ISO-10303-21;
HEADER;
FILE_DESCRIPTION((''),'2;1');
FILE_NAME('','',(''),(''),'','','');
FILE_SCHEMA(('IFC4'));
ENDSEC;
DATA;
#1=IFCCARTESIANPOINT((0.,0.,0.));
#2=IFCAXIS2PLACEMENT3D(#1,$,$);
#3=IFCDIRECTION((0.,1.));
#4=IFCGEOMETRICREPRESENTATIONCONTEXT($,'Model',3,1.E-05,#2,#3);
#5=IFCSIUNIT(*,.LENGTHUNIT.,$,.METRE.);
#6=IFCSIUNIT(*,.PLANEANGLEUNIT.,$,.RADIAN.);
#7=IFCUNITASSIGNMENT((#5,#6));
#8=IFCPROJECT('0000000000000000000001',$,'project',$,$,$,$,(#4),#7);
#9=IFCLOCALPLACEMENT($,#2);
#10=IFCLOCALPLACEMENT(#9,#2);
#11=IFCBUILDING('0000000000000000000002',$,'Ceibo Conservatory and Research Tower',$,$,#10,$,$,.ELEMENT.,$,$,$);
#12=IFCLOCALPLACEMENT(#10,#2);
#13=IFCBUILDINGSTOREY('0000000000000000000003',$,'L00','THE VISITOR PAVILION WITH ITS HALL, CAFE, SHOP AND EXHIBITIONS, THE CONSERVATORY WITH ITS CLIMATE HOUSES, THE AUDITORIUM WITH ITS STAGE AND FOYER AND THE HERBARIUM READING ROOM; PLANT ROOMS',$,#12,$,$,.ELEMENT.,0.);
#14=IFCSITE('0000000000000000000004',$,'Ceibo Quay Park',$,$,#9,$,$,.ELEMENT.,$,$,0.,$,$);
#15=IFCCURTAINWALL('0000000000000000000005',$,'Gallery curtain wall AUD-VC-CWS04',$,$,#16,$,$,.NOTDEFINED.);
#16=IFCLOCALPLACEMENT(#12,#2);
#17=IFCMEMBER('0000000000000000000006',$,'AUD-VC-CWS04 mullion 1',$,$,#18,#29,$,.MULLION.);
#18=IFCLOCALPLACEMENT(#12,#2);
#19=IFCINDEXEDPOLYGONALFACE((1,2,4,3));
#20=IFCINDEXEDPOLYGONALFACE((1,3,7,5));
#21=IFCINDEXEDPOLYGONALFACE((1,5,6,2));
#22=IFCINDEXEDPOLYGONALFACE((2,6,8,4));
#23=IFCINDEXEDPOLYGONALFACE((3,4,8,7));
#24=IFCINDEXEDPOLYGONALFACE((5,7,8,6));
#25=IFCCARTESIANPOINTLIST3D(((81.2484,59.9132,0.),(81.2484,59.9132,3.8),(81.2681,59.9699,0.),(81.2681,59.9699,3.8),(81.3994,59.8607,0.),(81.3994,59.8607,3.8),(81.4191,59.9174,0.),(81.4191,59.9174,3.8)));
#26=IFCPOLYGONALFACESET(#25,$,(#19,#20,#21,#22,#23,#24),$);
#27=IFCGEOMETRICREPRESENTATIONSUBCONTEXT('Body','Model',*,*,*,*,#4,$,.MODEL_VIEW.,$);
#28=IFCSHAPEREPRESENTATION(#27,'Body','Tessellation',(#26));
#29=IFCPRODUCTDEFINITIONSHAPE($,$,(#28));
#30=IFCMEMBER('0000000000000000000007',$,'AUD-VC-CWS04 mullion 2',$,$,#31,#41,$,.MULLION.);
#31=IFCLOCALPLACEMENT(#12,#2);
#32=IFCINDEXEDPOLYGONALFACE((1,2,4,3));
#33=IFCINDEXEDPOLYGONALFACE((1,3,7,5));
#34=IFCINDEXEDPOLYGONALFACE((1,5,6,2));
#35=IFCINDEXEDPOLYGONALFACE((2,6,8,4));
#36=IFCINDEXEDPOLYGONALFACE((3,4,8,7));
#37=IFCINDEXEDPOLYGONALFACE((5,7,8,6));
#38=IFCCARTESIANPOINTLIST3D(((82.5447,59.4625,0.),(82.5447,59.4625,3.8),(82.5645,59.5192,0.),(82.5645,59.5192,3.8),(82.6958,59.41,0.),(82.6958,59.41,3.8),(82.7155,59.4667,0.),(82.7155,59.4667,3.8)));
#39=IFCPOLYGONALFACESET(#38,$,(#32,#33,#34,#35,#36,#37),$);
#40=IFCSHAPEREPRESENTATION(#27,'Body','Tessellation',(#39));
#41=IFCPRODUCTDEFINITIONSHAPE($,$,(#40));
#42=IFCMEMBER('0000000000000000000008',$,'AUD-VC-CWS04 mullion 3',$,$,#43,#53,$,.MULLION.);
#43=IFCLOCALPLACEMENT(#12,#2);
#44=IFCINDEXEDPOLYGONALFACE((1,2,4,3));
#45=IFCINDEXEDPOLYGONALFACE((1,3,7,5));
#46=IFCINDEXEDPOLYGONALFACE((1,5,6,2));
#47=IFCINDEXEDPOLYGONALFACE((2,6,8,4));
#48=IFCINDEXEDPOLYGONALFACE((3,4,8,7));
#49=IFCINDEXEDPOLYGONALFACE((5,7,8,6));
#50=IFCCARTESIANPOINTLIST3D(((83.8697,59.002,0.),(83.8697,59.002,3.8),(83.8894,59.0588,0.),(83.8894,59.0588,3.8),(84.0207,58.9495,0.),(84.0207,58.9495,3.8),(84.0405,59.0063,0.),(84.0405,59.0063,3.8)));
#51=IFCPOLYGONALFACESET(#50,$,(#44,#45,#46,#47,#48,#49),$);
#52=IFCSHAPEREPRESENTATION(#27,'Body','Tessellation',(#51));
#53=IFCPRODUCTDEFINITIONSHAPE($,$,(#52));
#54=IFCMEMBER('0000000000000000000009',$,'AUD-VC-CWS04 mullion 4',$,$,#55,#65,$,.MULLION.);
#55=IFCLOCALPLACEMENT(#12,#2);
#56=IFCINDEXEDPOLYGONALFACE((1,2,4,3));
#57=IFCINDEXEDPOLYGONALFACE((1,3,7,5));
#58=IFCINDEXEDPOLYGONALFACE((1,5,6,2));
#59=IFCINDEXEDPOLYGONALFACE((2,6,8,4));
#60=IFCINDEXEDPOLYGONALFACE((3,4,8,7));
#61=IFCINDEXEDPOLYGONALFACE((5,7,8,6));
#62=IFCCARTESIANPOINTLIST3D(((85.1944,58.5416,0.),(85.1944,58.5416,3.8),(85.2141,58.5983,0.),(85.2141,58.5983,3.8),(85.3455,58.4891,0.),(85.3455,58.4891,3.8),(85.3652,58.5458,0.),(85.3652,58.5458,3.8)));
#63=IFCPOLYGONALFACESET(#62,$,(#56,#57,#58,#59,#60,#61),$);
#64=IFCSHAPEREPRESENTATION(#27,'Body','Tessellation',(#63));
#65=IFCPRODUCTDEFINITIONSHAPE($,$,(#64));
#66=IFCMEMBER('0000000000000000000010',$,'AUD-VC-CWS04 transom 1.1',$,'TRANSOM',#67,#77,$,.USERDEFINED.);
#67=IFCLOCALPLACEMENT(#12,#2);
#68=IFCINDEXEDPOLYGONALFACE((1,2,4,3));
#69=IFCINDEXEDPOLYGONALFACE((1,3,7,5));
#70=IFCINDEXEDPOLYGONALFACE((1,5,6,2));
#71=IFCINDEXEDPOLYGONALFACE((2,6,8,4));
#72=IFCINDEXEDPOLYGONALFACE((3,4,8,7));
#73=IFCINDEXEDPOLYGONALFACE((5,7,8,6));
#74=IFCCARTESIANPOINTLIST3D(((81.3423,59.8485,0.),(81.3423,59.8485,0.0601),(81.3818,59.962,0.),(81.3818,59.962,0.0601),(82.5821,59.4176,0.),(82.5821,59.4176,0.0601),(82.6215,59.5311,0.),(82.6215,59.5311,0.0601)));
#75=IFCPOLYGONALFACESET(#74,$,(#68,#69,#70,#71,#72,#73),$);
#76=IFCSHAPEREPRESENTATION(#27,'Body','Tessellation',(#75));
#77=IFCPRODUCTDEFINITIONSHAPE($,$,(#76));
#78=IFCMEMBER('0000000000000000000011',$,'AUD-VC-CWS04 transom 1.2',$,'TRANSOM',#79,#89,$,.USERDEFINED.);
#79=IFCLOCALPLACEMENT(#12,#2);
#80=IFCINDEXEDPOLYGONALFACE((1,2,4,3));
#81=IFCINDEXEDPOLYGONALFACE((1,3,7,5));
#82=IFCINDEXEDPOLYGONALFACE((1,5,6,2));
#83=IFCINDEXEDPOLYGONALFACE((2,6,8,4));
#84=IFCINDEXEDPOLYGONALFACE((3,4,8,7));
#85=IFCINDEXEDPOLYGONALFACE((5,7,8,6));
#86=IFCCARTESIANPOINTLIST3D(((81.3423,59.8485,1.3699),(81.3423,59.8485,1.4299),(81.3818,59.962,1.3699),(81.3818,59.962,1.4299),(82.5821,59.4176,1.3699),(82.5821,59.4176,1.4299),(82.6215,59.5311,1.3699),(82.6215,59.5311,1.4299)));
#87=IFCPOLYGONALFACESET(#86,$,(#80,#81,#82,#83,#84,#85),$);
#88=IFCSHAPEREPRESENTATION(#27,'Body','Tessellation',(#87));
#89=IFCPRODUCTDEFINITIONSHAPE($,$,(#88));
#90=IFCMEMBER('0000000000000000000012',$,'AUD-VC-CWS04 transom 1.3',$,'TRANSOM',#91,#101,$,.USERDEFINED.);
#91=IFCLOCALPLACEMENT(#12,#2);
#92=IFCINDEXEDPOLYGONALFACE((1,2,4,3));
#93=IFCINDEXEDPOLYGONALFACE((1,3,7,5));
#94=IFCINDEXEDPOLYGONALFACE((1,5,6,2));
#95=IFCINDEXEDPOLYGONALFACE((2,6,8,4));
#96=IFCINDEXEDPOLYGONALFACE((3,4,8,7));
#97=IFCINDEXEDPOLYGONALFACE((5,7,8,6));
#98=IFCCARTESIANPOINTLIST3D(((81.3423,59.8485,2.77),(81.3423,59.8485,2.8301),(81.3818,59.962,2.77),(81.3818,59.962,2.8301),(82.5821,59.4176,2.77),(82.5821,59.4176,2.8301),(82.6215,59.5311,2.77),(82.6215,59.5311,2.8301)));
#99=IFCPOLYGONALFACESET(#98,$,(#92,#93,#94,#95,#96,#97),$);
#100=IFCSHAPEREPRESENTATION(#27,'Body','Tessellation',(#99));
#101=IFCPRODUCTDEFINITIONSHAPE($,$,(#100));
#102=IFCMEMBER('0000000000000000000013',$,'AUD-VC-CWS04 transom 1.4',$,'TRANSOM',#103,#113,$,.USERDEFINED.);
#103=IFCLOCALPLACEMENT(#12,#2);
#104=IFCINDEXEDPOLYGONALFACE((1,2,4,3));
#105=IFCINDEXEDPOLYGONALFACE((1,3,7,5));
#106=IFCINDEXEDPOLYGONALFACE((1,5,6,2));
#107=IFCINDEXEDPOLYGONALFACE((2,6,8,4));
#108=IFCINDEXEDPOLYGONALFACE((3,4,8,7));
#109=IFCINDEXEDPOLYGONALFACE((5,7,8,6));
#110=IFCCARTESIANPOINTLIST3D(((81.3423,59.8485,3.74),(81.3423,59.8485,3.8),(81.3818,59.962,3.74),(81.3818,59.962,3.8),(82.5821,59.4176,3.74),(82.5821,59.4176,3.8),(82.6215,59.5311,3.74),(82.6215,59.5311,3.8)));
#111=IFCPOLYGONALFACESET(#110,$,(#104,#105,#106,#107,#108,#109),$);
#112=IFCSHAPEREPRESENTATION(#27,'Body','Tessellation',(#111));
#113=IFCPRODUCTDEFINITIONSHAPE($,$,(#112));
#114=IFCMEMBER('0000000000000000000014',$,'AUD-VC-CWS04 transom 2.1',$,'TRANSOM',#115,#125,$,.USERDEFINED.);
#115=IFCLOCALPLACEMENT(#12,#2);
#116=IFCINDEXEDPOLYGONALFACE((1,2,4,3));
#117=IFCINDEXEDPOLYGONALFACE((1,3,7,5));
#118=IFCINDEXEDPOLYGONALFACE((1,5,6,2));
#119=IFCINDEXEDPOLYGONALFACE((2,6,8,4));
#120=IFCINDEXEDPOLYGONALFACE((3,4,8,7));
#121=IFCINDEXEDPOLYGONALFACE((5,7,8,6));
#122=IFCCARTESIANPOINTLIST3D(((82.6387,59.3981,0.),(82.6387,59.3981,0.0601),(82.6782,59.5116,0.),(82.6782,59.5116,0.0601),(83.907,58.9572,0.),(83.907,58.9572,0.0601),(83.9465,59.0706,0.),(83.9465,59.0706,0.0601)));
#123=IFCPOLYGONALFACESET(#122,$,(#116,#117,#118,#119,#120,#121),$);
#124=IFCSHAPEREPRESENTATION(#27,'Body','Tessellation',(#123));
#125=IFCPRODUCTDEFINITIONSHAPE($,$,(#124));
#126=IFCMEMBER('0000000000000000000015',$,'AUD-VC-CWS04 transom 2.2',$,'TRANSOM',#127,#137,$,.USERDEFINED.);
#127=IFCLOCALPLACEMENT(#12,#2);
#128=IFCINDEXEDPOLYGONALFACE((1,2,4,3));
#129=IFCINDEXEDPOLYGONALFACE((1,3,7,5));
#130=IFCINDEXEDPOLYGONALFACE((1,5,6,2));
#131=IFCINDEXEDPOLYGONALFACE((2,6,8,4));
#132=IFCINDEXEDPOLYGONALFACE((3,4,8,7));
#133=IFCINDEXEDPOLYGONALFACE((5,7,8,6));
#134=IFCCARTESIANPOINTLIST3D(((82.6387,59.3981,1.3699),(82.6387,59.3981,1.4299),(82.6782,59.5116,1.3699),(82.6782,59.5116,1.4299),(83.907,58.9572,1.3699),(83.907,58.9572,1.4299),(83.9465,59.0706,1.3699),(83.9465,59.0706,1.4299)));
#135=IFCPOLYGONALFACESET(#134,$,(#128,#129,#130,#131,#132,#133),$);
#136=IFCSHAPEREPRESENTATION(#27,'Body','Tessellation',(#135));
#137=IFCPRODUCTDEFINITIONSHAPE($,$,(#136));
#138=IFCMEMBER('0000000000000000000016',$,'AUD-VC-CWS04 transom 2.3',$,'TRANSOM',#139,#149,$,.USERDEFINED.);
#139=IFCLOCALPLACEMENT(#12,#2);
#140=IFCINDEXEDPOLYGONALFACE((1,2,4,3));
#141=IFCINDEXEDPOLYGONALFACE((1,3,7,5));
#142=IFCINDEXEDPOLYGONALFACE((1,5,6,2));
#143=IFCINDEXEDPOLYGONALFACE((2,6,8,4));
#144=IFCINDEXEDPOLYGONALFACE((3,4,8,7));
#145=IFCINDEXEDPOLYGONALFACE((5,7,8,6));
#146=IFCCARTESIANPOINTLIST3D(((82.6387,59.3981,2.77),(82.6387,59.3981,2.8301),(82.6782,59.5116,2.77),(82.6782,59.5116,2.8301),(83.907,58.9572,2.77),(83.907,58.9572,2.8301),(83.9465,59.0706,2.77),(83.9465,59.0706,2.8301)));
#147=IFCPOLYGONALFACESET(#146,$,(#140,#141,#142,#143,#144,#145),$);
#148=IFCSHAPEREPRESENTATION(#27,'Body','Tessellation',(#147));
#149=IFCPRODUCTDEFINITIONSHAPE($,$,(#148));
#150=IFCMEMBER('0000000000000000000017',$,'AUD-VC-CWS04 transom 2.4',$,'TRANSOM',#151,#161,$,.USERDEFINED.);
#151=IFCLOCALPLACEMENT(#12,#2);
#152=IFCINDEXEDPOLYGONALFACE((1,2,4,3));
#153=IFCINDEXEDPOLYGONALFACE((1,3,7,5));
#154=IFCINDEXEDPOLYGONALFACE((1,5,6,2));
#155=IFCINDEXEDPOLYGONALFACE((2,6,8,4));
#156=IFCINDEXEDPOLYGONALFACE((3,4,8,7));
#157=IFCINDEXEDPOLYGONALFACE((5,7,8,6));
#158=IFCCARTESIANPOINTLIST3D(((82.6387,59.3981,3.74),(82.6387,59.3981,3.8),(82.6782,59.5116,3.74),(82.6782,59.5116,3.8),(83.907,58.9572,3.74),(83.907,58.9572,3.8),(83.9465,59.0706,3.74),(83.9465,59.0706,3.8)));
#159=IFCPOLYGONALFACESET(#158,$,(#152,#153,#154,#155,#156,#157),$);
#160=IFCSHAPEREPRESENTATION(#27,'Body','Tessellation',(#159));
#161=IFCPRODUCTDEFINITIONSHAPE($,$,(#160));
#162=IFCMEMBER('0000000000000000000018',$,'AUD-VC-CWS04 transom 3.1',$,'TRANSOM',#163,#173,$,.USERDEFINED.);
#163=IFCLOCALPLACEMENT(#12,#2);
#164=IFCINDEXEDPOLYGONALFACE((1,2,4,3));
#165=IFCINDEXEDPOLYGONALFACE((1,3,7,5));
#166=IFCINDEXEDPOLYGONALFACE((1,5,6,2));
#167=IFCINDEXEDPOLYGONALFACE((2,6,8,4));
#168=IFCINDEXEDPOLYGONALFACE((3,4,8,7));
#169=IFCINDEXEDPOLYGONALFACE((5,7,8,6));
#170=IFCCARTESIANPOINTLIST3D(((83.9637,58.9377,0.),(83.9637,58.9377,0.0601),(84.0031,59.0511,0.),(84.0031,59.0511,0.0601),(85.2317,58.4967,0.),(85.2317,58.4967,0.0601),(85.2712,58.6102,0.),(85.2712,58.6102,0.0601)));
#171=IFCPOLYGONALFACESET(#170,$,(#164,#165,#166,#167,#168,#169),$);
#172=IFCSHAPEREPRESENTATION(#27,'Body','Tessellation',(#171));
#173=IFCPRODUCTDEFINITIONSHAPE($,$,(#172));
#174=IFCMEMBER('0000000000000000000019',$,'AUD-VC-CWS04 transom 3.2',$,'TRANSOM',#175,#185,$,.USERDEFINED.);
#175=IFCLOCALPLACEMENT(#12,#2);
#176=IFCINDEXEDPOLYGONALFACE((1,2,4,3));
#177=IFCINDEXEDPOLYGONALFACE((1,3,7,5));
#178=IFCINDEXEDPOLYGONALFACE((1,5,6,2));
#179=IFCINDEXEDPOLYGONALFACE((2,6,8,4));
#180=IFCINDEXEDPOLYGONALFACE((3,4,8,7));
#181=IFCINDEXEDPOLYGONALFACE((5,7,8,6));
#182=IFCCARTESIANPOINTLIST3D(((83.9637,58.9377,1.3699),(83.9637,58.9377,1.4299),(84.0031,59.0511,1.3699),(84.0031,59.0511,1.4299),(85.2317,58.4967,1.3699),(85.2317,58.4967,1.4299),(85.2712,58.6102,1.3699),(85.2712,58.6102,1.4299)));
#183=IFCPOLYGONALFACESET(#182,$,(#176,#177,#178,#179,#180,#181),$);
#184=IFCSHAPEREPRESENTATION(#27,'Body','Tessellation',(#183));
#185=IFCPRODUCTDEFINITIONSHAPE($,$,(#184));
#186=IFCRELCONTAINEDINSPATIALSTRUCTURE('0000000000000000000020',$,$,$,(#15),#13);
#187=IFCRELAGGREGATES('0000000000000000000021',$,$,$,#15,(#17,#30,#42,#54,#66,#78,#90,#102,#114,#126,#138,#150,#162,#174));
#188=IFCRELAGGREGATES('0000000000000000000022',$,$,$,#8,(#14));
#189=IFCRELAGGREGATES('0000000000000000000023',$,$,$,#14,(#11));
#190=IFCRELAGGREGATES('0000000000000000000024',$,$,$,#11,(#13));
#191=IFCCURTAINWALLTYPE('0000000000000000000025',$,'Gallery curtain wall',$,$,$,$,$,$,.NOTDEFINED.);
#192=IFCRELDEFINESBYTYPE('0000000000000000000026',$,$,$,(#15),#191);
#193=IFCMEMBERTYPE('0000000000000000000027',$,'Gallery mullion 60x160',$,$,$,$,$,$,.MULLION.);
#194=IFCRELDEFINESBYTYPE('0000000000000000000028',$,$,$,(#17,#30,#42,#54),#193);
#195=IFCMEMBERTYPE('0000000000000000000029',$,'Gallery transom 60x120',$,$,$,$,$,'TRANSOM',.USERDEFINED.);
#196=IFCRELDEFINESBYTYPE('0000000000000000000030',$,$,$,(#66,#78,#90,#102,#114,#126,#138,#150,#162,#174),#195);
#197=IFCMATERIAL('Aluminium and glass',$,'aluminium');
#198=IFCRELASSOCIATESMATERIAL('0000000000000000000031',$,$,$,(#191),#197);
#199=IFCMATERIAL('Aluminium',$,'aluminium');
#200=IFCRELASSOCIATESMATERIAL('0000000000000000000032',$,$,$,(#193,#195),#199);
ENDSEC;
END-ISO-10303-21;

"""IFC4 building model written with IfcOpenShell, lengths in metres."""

from ifc_helpers import new_model, si_unit, direction, frame, origin, origin_2d, place, context, subcontext, project, spatial, rectangle, extrude, material, material_profile, profile_set, type_object, element, aggregate, save


model = new_model("IFC4")

# Units and contexts
model_context = context("Model", 3, precision=1e-05, world=origin(), true_north=direction((0.0, 1.0)))
body_context = subcontext(model_context, "Body", "Model", "MODEL_VIEW")
ifc_project = project(units=[si_unit("LENGTHUNIT", "METRE"), si_unit("PLANEANGLEUNIT", "RADIAN")], contexts=[model_context])

# Site, building, storey
site_placement = place(None, origin())
site = spatial("IfcSite", under=ifc_project, at=site_placement, Name="Ceibo Quay Park", CompositionType="ELEMENT", RefElevation=0.0)
building_placement = place(site_placement, origin())
building = spatial("IfcBuilding", under=site, at=building_placement, Name="Ceibo Conservatory and Research Tower", CompositionType="ELEMENT")
storey_placement = place(building_placement, origin())
storey = spatial("IfcBuildingStorey", under=building, at=storey_placement, Name="L00", Description="THE VISITOR PAVILION WITH ITS HALL, CAFE, SHOP AND EXHIBITIONS, THE CONSERVATORY WITH ITS CLIMATE HOUSES, THE AUDITORIUM WITH ITS STAGE AND FOYER AND THE HERBARIUM READING ROOM; PLANT ROOMS", CompositionType="ELEMENT", Elevation=0.0)

# Curtain wall, members
ifc_material_1 = material(Name="Aluminium and glass", Category="aluminium")
curtain_wall_type = type_object("IfcCurtainWallType", Name="Gallery curtain wall", PredefinedType="NOTDEFINED", material=ifc_material_1)
curtain_wall_placement = place(storey_placement, origin())
curtain_wall = element("IfcCurtainWall", 1, at=curtain_wall_placement, inside=storey, type_object=curtain_wall_type, Name="Gallery curtain wall AUD-VC-CWS04", PredefinedType="NOTDEFINED")
ifc_material_2 = material(Name="Aluminium", Category="aluminium")
ifc_material_profile_1 = material_profile(ifc_material_2, rectangle(XDim=0.0601, YDim=0.1599, at=origin_2d()), Name="AL 60x160")
ifc_profile_set_1 = profile_set([ifc_material_profile_1], Name="Aluminium")
member_type_1 = type_object("IfcMemberType", Name="Gallery mullion 60x160", PredefinedType="MULLION", material=ifc_profile_set_1)
member_1_placement = place(storey_placement, frame((81.3337, 59.9153, 0.0), z_axis=(0.0, 0.0, 1.0), x_axis=(0.328284, 0.944579, 0.0)))
member_1 = element("IfcMember", 2, at=member_1_placement, type_object=member_type_1, Name="AUD-VC-CWS04 mullion 1", PredefinedType="MULLION", context=body_context, shape_type="SweptSolid", body=[
    extrude(rectangle(XDim=0.0601, YDim=0.1599, at=origin_2d()), origin(), (0.0, 0.0, 1.0), 3.8),
])
member_2_placement = place(storey_placement, frame((82.6301, 59.4646, 0.0), z_axis=(0.0, 0.0, 1.0), x_axis=(0.328284, 0.944579, 0.0)))
member_2 = element("IfcMember", 3, at=member_2_placement, type_object=member_type_1, Name="AUD-VC-CWS04 mullion 2", PredefinedType="MULLION", context=body_context, shape_type="SweptSolid", body=[
    extrude(rectangle(XDim=0.0601, YDim=0.1599, at=origin_2d()), origin(), (0.0, 0.0, 1.0), 3.8),
])
member_3_placement = place(storey_placement, frame((83.9551, 59.0042, 0.0), z_axis=(0.0, 0.0, 1.0), x_axis=(0.328284, 0.944579, 0.0)))
member_3 = element("IfcMember", 4, at=member_3_placement, type_object=member_type_1, Name="AUD-VC-CWS04 mullion 3", PredefinedType="MULLION", context=body_context, shape_type="SweptSolid", body=[
    extrude(rectangle(XDim=0.0601, YDim=0.1599, at=origin_2d()), origin(), (0.0, 0.0, 1.0), 3.8),
])
member_4_placement = place(storey_placement, frame((85.2798, 58.5437, 0.0), z_axis=(0.0, 0.0, 1.0), x_axis=(0.328284, 0.944579, 0.0)))
member_4 = element("IfcMember", 5, at=member_4_placement, type_object=member_type_1, Name="AUD-VC-CWS04 mullion 4", PredefinedType="MULLION", context=body_context, shape_type="SweptSolid", body=[
    extrude(rectangle(XDim=0.0601, YDim=0.1599, at=origin_2d()), origin(), (0.0, 0.0, 1.0), 3.8),
])
ifc_material_profile_2 = material_profile(ifc_material_2, rectangle(XDim=0.1201, YDim=0.0601, at=origin_2d()), Name="AL 60x120")
ifc_profile_set_2 = profile_set([ifc_material_profile_2], Name="Aluminium")
member_type_2 = type_object("IfcMemberType", Name="Gallery transom 60x120", ElementType="TRANSOM", PredefinedType="USERDEFINED", material=ifc_profile_set_2)
member_5_placement = place(storey_placement, frame((81.3621, 59.9053, 0.03), z_axis=(0.94457, -0.328311, 0.0), x_axis=(0.328311, 0.94457, 0.0)))
member_5 = element("IfcMember", 6, at=member_5_placement, type_object=member_type_2, Name="AUD-VC-CWS04 transom 1.1", ObjectType="TRANSOM", PredefinedType="USERDEFINED", context=body_context, shape_type="SweptSolid", body=[
    extrude(rectangle(XDim=0.1201, YDim=0.0601, at=origin_2d()), origin(), (0.0, 0.0, 1.0), 1.3125),
])
member_6_placement = place(storey_placement, frame((81.3621, 59.9053, 1.3999), z_axis=(0.94457, -0.328311, 0.0), x_axis=(0.328311, 0.94457, 0.0)))
member_6 = element("IfcMember", 7, at=member_6_placement, type_object=member_type_2, Name="AUD-VC-CWS04 transom 1.2", ObjectType="TRANSOM", PredefinedType="USERDEFINED", context=body_context, shape_type="SweptSolid", body=[
    extrude(rectangle(XDim=0.1201, YDim=0.0601, at=origin_2d()), origin(), (0.0, 0.0, 1.0), 1.3125),
])
member_7_placement = place(storey_placement, frame((81.3621, 59.9053, 2.8), z_axis=(0.94457, -0.328311, 0.0), x_axis=(0.328311, 0.94457, 0.0)))
member_7 = element("IfcMember", 8, at=member_7_placement, type_object=member_type_2, Name="AUD-VC-CWS04 transom 1.3", ObjectType="TRANSOM", PredefinedType="USERDEFINED", context=body_context, shape_type="SweptSolid", body=[
    extrude(rectangle(XDim=0.1201, YDim=0.0601, at=origin_2d()), origin(), (0.0, 0.0, 1.0), 1.3125),
])
member_8_placement = place(storey_placement, frame((81.3621, 59.9053, 3.77), z_axis=(0.94457, -0.328311, 0.0), x_axis=(0.328311, 0.94457, 0.0)))
member_8 = element("IfcMember", 9, at=member_8_placement, type_object=member_type_2, Name="AUD-VC-CWS04 transom 1.4", ObjectType="TRANSOM", PredefinedType="USERDEFINED", context=body_context, shape_type="SweptSolid", body=[
    extrude(rectangle(XDim=0.1201, YDim=0.0601, at=origin_2d()), origin(), (0.0, 0.0, 1.0), 1.3125),
])
member_9_placement = place(storey_placement, frame((82.6584, 59.4548, 0.03), z_axis=(0.944551, -0.328365, 0.0), x_axis=(0.328365, 0.944551, 0.0)))
member_9 = element("IfcMember", 10, at=member_9_placement, type_object=member_type_2, Name="AUD-VC-CWS04 transom 2.1", ObjectType="TRANSOM", PredefinedType="USERDEFINED", context=body_context, shape_type="SweptSolid", body=[
    extrude(rectangle(XDim=0.1201, YDim=0.0601, at=origin_2d()), origin(), (0.0, 0.0, 1.0), 1.3428),
])
member_10_placement = place(storey_placement, frame((82.6584, 59.4548, 1.3999), z_axis=(0.944551, -0.328365, 0.0), x_axis=(0.328365, 0.944551, 0.0)))
member_10 = element("IfcMember", 11, at=member_10_placement, type_object=member_type_2, Name="AUD-VC-CWS04 transom 2.2", ObjectType="TRANSOM", PredefinedType="USERDEFINED", context=body_context, shape_type="SweptSolid", body=[
    extrude(rectangle(XDim=0.1201, YDim=0.0601, at=origin_2d()), origin(), (0.0, 0.0, 1.0), 1.3428),
])
member_11_placement = place(storey_placement, frame((82.6584, 59.4548, 2.8), z_axis=(0.944551, -0.328365, 0.0), x_axis=(0.328365, 0.944551, 0.0)))
member_11 = element("IfcMember", 12, at=member_11_placement, type_object=member_type_2, Name="AUD-VC-CWS04 transom 2.3", ObjectType="TRANSOM", PredefinedType="USERDEFINED", context=body_context, shape_type="SweptSolid", body=[
    extrude(rectangle(XDim=0.1201, YDim=0.0601, at=origin_2d()), origin(), (0.0, 0.0, 1.0), 1.3428),
])
member_12_placement = place(storey_placement, frame((82.6584, 59.4548, 3.77), z_axis=(0.944551, -0.328365, 0.0), x_axis=(0.328365, 0.944551, 0.0)))
member_12 = element("IfcMember", 13, at=member_12_placement, type_object=member_type_2, Name="AUD-VC-CWS04 transom 2.4", ObjectType="TRANSOM", PredefinedType="USERDEFINED", context=body_context, shape_type="SweptSolid", body=[
    extrude(rectangle(XDim=0.1201, YDim=0.0601, at=origin_2d()), origin(), (0.0, 0.0, 1.0), 1.3428),
])
member_13_placement = place(storey_placement, frame((83.9834, 58.9944, 0.03), z_axis=(0.944531, -0.328422, 0.0), x_axis=(0.328422, 0.944531, 0.0)))
member_13 = element("IfcMember", 14, at=member_13_placement, type_object=member_type_2, Name="AUD-VC-CWS04 transom 3.1", ObjectType="TRANSOM", PredefinedType="USERDEFINED", context=body_context, shape_type="SweptSolid", body=[
    extrude(rectangle(XDim=0.1201, YDim=0.0601, at=origin_2d()), origin(), (0.0, 0.0, 1.0), 1.3425),
])
member_14_placement = place(storey_placement, frame((83.9834, 58.9944, 1.3999), z_axis=(0.944531, -0.328422, 0.0), x_axis=(0.328422, 0.944531, 0.0)))
member_14 = element("IfcMember", 15, at=member_14_placement, type_object=member_type_2, Name="AUD-VC-CWS04 transom 3.2", ObjectType="TRANSOM", PredefinedType="USERDEFINED", context=body_context, shape_type="SweptSolid", body=[
    extrude(rectangle(XDim=0.1201, YDim=0.0601, at=origin_2d()), origin(), (0.0, 0.0, 1.0), 1.3425),
])

aggregate(curtain_wall, [member_1, member_2, member_3, member_4, member_5, member_6, member_7, member_8, member_9, member_10, member_11, member_12, member_13, member_14])

save(model, "model.ifc")
